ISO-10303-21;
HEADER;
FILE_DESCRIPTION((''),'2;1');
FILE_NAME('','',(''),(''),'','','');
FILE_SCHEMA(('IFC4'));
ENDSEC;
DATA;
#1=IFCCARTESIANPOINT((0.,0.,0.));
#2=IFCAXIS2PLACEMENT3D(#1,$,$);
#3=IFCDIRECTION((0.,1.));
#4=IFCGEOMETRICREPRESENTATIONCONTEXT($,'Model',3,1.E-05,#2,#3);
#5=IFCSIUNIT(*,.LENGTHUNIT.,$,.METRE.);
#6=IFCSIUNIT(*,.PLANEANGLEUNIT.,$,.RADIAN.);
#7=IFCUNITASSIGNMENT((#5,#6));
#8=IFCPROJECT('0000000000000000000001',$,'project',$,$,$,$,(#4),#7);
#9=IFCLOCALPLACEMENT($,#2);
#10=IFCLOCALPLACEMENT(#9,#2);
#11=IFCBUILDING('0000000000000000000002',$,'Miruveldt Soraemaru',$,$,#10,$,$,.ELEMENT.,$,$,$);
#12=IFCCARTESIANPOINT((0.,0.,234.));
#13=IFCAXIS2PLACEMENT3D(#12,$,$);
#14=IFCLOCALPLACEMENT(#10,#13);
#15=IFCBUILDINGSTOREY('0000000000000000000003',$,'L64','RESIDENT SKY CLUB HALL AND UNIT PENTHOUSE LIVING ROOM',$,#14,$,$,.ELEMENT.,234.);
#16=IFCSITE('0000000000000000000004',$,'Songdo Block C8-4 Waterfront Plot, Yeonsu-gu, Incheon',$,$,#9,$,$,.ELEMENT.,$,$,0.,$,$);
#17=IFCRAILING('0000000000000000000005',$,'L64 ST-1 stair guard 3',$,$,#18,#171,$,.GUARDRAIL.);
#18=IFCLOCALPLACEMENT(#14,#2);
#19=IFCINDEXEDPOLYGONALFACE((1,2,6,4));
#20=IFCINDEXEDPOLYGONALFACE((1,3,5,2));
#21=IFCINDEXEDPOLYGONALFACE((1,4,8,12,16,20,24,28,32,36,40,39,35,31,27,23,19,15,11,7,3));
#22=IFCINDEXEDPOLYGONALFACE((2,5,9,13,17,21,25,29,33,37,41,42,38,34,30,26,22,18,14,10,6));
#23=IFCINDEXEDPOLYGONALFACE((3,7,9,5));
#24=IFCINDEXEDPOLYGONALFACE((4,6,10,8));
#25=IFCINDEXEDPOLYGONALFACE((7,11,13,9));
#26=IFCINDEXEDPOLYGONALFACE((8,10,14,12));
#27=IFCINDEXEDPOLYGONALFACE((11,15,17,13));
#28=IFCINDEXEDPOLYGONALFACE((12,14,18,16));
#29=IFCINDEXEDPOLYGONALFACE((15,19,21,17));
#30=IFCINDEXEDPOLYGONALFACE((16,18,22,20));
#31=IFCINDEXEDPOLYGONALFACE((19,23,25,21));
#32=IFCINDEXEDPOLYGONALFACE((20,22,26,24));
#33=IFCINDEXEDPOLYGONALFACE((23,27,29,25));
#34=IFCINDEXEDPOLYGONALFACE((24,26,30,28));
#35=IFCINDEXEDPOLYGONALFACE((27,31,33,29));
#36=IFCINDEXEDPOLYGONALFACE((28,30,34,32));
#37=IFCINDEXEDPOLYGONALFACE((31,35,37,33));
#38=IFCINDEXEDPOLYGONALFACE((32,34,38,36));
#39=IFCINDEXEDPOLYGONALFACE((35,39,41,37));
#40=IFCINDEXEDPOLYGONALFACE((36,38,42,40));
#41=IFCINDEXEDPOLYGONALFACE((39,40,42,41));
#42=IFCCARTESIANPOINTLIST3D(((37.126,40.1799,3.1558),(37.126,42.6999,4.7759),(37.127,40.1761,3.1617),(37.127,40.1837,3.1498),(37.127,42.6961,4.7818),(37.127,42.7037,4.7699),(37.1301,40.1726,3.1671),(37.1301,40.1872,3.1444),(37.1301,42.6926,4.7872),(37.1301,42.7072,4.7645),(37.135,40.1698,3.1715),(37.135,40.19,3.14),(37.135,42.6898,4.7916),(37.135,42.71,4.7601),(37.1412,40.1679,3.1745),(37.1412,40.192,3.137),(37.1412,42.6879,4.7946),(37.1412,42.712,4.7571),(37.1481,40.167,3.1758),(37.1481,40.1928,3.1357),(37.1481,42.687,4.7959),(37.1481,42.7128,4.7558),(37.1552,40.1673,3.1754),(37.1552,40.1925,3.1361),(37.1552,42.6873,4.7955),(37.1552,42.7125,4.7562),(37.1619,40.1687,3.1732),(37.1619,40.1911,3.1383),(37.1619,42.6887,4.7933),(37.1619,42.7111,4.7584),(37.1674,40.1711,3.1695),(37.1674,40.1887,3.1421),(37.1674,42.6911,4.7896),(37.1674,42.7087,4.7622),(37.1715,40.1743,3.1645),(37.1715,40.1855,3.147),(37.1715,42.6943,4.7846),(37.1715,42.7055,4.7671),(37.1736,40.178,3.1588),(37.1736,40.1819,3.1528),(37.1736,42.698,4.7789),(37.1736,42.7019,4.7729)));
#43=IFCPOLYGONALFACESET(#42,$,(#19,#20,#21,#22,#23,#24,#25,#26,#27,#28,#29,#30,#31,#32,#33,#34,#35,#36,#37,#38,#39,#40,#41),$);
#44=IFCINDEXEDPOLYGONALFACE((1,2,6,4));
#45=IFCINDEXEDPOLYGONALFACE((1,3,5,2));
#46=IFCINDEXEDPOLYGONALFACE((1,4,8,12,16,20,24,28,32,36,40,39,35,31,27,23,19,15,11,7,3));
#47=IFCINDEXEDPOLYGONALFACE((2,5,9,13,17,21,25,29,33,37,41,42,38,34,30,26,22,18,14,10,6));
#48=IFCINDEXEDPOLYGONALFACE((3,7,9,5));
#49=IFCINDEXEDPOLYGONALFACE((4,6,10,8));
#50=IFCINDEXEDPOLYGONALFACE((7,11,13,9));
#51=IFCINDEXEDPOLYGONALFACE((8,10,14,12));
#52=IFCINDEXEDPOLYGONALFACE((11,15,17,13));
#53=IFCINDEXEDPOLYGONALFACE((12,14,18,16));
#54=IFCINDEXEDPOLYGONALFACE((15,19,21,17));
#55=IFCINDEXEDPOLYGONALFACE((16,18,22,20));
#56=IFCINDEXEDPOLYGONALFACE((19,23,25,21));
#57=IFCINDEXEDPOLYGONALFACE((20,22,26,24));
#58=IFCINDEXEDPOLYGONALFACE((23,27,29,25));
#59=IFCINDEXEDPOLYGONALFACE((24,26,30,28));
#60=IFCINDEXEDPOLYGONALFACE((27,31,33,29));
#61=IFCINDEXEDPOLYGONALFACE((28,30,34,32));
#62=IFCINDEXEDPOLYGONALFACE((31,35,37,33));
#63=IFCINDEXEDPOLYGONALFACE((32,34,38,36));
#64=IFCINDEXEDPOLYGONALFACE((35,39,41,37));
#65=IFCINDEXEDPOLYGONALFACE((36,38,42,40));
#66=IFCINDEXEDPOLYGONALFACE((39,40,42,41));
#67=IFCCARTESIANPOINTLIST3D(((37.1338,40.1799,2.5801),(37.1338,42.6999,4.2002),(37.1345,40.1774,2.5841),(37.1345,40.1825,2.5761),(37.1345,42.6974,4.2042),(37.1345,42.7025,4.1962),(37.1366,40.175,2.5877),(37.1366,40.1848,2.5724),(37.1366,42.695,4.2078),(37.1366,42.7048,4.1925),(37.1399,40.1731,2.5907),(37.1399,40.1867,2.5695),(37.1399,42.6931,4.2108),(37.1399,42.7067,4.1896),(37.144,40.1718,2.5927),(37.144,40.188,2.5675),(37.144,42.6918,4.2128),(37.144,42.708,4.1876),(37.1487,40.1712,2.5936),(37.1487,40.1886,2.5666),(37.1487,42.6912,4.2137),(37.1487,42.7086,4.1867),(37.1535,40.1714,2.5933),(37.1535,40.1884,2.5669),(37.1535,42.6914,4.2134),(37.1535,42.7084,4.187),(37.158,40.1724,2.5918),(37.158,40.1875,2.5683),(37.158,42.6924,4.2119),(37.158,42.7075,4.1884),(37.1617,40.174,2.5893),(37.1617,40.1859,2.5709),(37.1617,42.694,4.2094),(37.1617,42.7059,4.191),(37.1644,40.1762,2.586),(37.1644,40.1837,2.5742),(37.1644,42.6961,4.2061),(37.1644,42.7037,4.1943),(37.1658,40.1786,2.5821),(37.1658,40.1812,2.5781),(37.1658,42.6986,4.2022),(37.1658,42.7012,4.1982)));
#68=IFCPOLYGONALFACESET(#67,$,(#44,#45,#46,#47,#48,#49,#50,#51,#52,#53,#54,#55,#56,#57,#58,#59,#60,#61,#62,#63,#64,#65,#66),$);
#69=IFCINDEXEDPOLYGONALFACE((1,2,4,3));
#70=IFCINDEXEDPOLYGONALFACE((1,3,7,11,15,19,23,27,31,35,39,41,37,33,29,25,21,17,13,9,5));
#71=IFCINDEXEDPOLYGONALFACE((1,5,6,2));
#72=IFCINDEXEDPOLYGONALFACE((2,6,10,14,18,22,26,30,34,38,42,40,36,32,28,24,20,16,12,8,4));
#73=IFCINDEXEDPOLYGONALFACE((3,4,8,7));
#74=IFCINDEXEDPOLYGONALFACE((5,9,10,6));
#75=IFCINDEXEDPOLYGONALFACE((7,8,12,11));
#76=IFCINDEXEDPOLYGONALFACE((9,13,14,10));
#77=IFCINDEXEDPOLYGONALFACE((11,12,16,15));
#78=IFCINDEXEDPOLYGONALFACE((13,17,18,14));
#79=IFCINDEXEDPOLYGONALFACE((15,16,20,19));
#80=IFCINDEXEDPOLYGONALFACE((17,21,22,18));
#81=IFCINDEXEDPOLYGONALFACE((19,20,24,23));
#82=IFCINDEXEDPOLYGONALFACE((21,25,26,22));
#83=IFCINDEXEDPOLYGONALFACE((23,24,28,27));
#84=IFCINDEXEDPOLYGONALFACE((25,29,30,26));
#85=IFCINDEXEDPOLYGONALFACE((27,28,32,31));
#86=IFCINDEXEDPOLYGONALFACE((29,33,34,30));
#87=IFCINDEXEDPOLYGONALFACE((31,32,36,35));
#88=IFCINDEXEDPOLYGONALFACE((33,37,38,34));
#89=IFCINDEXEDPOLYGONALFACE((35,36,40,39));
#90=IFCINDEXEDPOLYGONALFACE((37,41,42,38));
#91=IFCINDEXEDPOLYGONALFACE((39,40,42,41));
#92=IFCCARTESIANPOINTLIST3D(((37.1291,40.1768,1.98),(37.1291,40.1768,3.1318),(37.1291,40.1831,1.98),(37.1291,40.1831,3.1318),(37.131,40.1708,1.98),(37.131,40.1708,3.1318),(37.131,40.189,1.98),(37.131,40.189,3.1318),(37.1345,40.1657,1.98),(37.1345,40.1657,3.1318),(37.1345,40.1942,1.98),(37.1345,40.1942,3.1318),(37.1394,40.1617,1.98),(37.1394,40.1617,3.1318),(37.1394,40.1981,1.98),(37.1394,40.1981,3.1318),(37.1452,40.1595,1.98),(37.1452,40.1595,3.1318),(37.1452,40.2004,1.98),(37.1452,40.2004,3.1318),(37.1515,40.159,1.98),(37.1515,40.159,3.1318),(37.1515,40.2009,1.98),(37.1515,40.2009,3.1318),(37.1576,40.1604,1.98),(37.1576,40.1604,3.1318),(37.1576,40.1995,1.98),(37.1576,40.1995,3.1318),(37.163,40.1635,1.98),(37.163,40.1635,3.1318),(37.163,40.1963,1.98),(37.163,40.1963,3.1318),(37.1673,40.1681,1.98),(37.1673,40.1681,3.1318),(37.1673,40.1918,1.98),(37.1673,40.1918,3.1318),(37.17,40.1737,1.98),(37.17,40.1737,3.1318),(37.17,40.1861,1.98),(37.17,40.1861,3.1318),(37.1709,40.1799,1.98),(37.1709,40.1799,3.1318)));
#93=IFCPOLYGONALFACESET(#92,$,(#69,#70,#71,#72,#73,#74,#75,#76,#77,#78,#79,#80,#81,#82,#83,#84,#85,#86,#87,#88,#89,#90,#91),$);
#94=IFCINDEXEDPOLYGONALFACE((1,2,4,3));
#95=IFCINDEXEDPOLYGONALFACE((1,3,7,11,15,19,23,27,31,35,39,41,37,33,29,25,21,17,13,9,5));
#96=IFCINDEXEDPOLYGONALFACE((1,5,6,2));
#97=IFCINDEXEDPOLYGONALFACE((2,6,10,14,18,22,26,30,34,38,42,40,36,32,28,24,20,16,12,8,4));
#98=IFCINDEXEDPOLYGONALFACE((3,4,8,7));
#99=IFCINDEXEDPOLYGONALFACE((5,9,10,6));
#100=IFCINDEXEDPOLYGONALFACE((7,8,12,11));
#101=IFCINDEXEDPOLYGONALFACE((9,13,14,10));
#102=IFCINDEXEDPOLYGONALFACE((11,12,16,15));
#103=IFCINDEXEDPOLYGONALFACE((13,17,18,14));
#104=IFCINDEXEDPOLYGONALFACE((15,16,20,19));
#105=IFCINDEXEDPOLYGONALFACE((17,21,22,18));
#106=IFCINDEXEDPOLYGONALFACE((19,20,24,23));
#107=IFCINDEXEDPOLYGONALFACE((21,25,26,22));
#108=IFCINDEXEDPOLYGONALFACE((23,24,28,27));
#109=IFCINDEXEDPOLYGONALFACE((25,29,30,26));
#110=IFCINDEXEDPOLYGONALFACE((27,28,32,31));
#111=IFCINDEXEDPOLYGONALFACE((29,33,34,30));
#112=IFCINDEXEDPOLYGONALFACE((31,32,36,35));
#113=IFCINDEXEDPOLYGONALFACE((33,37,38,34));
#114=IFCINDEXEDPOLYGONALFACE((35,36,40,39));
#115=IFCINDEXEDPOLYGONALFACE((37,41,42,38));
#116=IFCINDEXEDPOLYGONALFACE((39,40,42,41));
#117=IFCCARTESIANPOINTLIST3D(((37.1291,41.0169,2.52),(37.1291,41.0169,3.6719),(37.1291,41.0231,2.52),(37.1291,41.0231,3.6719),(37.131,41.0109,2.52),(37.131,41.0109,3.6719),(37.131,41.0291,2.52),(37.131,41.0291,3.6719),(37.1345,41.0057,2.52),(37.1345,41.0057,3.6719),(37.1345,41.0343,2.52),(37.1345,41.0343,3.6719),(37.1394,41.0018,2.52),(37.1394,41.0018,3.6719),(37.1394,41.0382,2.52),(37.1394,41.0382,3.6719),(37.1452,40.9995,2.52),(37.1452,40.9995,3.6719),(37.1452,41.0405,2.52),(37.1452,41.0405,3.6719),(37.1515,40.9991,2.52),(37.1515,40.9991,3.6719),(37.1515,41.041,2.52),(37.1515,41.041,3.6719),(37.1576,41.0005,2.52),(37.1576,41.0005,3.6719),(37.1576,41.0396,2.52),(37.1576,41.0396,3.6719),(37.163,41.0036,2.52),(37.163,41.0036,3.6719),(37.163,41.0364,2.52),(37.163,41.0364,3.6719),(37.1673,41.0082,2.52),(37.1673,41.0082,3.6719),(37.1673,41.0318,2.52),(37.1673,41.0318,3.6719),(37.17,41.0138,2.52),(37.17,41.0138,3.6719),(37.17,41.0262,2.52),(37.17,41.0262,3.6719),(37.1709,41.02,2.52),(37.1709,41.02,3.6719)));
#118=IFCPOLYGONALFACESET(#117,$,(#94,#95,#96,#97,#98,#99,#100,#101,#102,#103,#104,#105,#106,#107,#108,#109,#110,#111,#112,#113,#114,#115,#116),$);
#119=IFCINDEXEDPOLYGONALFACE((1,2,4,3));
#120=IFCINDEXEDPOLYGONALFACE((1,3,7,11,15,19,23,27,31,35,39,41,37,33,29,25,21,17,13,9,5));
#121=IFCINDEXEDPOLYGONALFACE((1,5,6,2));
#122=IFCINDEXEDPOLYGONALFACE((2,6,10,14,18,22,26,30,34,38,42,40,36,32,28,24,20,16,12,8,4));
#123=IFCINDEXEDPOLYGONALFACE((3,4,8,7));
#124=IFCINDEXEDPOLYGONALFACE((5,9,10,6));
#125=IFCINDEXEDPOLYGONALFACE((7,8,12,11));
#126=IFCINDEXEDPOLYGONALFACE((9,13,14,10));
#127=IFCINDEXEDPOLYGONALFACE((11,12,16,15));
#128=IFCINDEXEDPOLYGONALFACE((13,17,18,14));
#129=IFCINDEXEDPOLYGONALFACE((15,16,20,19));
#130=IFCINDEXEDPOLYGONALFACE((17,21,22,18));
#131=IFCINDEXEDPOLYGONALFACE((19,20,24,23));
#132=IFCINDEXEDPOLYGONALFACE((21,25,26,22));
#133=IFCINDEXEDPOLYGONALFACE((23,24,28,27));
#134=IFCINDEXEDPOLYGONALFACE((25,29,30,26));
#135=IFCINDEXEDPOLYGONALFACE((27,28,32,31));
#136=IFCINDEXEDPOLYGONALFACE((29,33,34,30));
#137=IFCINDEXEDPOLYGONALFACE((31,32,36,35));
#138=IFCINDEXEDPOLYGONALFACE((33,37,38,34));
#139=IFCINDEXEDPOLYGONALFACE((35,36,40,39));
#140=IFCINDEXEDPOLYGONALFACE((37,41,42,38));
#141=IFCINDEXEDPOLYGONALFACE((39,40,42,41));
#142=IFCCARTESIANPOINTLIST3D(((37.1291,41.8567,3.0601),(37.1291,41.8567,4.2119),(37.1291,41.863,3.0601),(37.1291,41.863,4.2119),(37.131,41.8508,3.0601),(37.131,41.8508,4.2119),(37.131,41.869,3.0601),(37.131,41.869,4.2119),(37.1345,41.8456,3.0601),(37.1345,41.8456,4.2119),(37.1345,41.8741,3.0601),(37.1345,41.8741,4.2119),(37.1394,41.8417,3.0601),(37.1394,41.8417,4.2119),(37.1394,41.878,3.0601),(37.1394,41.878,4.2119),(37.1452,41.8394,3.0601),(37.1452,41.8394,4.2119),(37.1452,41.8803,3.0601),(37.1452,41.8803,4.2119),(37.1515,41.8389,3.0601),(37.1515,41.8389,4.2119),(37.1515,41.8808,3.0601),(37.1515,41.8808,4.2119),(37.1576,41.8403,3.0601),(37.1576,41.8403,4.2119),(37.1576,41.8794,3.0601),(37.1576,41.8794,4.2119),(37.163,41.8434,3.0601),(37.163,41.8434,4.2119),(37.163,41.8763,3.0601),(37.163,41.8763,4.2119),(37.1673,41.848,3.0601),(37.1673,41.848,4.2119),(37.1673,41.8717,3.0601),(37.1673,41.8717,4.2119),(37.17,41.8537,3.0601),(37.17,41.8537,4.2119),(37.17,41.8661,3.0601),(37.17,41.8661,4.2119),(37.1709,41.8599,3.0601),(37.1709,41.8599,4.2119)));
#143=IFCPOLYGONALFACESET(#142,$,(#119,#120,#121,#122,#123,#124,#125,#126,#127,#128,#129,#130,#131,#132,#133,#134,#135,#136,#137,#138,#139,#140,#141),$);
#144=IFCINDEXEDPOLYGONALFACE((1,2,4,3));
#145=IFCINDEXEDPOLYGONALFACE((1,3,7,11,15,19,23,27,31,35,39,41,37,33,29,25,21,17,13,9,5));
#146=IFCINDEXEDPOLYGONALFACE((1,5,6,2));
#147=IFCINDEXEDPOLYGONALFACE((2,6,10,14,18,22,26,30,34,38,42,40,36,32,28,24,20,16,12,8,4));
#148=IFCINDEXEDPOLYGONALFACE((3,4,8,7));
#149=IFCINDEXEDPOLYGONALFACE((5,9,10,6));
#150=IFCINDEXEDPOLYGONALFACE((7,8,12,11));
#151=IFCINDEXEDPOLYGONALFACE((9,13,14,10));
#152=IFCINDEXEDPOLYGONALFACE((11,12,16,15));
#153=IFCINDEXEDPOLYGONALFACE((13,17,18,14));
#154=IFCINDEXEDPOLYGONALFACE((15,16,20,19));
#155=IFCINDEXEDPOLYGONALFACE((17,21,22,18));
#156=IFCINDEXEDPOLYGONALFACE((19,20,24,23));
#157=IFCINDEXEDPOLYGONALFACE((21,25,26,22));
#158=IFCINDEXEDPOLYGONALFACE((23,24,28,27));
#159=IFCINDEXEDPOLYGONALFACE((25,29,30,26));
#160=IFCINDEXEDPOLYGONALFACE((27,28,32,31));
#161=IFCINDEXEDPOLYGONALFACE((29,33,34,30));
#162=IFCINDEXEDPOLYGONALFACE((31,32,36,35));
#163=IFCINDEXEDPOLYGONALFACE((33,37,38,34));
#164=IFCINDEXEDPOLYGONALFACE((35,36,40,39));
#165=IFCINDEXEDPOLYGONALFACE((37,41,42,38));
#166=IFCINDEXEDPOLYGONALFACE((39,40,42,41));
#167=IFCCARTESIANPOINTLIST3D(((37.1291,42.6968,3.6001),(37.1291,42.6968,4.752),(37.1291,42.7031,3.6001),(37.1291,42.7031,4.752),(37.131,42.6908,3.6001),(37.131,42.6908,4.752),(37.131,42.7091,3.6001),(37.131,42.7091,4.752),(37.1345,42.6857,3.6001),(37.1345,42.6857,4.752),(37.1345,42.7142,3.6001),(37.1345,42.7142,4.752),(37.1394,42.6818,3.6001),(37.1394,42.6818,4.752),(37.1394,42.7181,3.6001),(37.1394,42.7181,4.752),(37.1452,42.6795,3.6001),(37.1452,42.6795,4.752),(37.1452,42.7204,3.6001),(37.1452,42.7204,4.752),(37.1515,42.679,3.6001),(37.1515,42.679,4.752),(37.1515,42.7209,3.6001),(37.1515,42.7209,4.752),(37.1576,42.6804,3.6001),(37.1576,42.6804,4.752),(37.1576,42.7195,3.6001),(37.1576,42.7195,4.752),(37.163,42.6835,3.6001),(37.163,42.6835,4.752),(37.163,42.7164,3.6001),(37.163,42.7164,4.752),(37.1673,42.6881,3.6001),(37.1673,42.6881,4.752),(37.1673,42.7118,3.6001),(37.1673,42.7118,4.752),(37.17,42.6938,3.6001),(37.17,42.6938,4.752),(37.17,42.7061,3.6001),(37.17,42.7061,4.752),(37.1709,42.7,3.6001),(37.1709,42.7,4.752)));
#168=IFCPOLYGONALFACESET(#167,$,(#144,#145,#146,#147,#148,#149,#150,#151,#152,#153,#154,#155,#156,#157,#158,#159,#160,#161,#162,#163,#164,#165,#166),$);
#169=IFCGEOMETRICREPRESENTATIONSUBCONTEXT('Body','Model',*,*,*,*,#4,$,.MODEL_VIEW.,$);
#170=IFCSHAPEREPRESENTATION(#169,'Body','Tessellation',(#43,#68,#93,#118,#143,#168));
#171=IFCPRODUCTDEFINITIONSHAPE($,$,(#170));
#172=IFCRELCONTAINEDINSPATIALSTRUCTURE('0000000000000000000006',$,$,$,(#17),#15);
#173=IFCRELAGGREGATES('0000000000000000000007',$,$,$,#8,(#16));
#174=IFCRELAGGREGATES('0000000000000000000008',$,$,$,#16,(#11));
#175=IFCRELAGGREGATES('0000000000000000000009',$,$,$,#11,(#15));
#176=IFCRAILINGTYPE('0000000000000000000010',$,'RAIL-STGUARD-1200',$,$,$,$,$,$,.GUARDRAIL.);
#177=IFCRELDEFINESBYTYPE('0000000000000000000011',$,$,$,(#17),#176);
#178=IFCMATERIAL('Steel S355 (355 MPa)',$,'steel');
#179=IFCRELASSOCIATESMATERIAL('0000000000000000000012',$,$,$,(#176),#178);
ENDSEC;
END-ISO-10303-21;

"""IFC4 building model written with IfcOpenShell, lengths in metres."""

from ifc_helpers import new_model, si_unit, direction, frame, origin, origin_2d, place, context, subcontext, project, spatial, circle, extrude, material, type_object, element, save


model = new_model("IFC4")

# Units and contexts
model_context = context("Model", 3, precision=1e-05, world=origin(), true_north=direction((0.0, 1.0)))
body_context = subcontext(model_context, "Body", "Model", "MODEL_VIEW")
ifc_project = project(units=[si_unit("LENGTHUNIT", "METRE"), si_unit("PLANEANGLEUNIT", "RADIAN")], contexts=[model_context])

# Site, building, storey
site_placement = place(None, origin())
site = spatial("IfcSite", under=ifc_project, at=site_placement, Name="Songdo Block C8-4 Waterfront Plot, Yeonsu-gu, Incheon", CompositionType="ELEMENT", RefElevation=0.0)
building_placement = place(site_placement, origin())
building = spatial("IfcBuilding", under=site, at=building_placement, Name="Miruveldt Soraemaru", CompositionType="ELEMENT")
storey_placement = place(building_placement, frame((0.0, 0.0, 234.0)))
storey = spatial("IfcBuildingStorey", under=building, at=storey_placement, Name="L64", Description="RESIDENT SKY CLUB HALL AND UNIT PENTHOUSE LIVING ROOM", CompositionType="ELEMENT", Elevation=234.0)

# Railing
ifc_material_1 = material(Name="Steel S355 (355 MPa)", Category="steel")
railing_type_1 = type_object("IfcRailingType", Name="RAIL-STGUARD-1200", PredefinedType="GUARDRAIL", material=ifc_material_1)
railing_1_placement = place(storey_placement, frame((37.1499, 40.1799, 1.98)))
element("IfcRailing", 1, at=railing_1_placement, inside=storey, type_object=railing_type_1, Name="L64 ST-1 stair guard 3", PredefinedType="GUARDRAIL", context=body_context, shape_type="SweptSolid", body=[
    extrude(circle(Radius=0.0239, at=origin_2d()), frame((0.0, 0.0, 1.1758), z_axis=(0.0, 0.841163, 0.540782), x_axis=(-1.0, 0.0, 0.0)), (0.0, 0.0, 1.0), 2.9958),
    extrude(circle(Radius=0.0161, at=origin_2d()), frame((0.0, 0.0, 0.6001), z_axis=(0.0, 0.841163, 0.540782), x_axis=(-1.0, 0.0, 0.0)), (0.0, 0.0, 1.0), 2.9958),
    extrude(circle(Radius=0.021, at=origin_2d()), origin(), (0.0, 0.0, 1.0), 1.1519),
    extrude(circle(Radius=0.021, at=origin_2d()), frame((0.0, 0.8401, 0.54)), (0.0, 0.0, 1.0), 1.1519),
    extrude(circle(Radius=0.021, at=origin_2d()), frame((0.0, 1.6799, 1.0801)), (0.0, 0.0, 1.0), 1.1519),
    extrude(circle(Radius=0.021, at=origin_2d()), frame((0.0, 2.52, 1.6201)), (0.0, 0.0, 1.0), 1.1519),
])

save(model, "model.ifc")
